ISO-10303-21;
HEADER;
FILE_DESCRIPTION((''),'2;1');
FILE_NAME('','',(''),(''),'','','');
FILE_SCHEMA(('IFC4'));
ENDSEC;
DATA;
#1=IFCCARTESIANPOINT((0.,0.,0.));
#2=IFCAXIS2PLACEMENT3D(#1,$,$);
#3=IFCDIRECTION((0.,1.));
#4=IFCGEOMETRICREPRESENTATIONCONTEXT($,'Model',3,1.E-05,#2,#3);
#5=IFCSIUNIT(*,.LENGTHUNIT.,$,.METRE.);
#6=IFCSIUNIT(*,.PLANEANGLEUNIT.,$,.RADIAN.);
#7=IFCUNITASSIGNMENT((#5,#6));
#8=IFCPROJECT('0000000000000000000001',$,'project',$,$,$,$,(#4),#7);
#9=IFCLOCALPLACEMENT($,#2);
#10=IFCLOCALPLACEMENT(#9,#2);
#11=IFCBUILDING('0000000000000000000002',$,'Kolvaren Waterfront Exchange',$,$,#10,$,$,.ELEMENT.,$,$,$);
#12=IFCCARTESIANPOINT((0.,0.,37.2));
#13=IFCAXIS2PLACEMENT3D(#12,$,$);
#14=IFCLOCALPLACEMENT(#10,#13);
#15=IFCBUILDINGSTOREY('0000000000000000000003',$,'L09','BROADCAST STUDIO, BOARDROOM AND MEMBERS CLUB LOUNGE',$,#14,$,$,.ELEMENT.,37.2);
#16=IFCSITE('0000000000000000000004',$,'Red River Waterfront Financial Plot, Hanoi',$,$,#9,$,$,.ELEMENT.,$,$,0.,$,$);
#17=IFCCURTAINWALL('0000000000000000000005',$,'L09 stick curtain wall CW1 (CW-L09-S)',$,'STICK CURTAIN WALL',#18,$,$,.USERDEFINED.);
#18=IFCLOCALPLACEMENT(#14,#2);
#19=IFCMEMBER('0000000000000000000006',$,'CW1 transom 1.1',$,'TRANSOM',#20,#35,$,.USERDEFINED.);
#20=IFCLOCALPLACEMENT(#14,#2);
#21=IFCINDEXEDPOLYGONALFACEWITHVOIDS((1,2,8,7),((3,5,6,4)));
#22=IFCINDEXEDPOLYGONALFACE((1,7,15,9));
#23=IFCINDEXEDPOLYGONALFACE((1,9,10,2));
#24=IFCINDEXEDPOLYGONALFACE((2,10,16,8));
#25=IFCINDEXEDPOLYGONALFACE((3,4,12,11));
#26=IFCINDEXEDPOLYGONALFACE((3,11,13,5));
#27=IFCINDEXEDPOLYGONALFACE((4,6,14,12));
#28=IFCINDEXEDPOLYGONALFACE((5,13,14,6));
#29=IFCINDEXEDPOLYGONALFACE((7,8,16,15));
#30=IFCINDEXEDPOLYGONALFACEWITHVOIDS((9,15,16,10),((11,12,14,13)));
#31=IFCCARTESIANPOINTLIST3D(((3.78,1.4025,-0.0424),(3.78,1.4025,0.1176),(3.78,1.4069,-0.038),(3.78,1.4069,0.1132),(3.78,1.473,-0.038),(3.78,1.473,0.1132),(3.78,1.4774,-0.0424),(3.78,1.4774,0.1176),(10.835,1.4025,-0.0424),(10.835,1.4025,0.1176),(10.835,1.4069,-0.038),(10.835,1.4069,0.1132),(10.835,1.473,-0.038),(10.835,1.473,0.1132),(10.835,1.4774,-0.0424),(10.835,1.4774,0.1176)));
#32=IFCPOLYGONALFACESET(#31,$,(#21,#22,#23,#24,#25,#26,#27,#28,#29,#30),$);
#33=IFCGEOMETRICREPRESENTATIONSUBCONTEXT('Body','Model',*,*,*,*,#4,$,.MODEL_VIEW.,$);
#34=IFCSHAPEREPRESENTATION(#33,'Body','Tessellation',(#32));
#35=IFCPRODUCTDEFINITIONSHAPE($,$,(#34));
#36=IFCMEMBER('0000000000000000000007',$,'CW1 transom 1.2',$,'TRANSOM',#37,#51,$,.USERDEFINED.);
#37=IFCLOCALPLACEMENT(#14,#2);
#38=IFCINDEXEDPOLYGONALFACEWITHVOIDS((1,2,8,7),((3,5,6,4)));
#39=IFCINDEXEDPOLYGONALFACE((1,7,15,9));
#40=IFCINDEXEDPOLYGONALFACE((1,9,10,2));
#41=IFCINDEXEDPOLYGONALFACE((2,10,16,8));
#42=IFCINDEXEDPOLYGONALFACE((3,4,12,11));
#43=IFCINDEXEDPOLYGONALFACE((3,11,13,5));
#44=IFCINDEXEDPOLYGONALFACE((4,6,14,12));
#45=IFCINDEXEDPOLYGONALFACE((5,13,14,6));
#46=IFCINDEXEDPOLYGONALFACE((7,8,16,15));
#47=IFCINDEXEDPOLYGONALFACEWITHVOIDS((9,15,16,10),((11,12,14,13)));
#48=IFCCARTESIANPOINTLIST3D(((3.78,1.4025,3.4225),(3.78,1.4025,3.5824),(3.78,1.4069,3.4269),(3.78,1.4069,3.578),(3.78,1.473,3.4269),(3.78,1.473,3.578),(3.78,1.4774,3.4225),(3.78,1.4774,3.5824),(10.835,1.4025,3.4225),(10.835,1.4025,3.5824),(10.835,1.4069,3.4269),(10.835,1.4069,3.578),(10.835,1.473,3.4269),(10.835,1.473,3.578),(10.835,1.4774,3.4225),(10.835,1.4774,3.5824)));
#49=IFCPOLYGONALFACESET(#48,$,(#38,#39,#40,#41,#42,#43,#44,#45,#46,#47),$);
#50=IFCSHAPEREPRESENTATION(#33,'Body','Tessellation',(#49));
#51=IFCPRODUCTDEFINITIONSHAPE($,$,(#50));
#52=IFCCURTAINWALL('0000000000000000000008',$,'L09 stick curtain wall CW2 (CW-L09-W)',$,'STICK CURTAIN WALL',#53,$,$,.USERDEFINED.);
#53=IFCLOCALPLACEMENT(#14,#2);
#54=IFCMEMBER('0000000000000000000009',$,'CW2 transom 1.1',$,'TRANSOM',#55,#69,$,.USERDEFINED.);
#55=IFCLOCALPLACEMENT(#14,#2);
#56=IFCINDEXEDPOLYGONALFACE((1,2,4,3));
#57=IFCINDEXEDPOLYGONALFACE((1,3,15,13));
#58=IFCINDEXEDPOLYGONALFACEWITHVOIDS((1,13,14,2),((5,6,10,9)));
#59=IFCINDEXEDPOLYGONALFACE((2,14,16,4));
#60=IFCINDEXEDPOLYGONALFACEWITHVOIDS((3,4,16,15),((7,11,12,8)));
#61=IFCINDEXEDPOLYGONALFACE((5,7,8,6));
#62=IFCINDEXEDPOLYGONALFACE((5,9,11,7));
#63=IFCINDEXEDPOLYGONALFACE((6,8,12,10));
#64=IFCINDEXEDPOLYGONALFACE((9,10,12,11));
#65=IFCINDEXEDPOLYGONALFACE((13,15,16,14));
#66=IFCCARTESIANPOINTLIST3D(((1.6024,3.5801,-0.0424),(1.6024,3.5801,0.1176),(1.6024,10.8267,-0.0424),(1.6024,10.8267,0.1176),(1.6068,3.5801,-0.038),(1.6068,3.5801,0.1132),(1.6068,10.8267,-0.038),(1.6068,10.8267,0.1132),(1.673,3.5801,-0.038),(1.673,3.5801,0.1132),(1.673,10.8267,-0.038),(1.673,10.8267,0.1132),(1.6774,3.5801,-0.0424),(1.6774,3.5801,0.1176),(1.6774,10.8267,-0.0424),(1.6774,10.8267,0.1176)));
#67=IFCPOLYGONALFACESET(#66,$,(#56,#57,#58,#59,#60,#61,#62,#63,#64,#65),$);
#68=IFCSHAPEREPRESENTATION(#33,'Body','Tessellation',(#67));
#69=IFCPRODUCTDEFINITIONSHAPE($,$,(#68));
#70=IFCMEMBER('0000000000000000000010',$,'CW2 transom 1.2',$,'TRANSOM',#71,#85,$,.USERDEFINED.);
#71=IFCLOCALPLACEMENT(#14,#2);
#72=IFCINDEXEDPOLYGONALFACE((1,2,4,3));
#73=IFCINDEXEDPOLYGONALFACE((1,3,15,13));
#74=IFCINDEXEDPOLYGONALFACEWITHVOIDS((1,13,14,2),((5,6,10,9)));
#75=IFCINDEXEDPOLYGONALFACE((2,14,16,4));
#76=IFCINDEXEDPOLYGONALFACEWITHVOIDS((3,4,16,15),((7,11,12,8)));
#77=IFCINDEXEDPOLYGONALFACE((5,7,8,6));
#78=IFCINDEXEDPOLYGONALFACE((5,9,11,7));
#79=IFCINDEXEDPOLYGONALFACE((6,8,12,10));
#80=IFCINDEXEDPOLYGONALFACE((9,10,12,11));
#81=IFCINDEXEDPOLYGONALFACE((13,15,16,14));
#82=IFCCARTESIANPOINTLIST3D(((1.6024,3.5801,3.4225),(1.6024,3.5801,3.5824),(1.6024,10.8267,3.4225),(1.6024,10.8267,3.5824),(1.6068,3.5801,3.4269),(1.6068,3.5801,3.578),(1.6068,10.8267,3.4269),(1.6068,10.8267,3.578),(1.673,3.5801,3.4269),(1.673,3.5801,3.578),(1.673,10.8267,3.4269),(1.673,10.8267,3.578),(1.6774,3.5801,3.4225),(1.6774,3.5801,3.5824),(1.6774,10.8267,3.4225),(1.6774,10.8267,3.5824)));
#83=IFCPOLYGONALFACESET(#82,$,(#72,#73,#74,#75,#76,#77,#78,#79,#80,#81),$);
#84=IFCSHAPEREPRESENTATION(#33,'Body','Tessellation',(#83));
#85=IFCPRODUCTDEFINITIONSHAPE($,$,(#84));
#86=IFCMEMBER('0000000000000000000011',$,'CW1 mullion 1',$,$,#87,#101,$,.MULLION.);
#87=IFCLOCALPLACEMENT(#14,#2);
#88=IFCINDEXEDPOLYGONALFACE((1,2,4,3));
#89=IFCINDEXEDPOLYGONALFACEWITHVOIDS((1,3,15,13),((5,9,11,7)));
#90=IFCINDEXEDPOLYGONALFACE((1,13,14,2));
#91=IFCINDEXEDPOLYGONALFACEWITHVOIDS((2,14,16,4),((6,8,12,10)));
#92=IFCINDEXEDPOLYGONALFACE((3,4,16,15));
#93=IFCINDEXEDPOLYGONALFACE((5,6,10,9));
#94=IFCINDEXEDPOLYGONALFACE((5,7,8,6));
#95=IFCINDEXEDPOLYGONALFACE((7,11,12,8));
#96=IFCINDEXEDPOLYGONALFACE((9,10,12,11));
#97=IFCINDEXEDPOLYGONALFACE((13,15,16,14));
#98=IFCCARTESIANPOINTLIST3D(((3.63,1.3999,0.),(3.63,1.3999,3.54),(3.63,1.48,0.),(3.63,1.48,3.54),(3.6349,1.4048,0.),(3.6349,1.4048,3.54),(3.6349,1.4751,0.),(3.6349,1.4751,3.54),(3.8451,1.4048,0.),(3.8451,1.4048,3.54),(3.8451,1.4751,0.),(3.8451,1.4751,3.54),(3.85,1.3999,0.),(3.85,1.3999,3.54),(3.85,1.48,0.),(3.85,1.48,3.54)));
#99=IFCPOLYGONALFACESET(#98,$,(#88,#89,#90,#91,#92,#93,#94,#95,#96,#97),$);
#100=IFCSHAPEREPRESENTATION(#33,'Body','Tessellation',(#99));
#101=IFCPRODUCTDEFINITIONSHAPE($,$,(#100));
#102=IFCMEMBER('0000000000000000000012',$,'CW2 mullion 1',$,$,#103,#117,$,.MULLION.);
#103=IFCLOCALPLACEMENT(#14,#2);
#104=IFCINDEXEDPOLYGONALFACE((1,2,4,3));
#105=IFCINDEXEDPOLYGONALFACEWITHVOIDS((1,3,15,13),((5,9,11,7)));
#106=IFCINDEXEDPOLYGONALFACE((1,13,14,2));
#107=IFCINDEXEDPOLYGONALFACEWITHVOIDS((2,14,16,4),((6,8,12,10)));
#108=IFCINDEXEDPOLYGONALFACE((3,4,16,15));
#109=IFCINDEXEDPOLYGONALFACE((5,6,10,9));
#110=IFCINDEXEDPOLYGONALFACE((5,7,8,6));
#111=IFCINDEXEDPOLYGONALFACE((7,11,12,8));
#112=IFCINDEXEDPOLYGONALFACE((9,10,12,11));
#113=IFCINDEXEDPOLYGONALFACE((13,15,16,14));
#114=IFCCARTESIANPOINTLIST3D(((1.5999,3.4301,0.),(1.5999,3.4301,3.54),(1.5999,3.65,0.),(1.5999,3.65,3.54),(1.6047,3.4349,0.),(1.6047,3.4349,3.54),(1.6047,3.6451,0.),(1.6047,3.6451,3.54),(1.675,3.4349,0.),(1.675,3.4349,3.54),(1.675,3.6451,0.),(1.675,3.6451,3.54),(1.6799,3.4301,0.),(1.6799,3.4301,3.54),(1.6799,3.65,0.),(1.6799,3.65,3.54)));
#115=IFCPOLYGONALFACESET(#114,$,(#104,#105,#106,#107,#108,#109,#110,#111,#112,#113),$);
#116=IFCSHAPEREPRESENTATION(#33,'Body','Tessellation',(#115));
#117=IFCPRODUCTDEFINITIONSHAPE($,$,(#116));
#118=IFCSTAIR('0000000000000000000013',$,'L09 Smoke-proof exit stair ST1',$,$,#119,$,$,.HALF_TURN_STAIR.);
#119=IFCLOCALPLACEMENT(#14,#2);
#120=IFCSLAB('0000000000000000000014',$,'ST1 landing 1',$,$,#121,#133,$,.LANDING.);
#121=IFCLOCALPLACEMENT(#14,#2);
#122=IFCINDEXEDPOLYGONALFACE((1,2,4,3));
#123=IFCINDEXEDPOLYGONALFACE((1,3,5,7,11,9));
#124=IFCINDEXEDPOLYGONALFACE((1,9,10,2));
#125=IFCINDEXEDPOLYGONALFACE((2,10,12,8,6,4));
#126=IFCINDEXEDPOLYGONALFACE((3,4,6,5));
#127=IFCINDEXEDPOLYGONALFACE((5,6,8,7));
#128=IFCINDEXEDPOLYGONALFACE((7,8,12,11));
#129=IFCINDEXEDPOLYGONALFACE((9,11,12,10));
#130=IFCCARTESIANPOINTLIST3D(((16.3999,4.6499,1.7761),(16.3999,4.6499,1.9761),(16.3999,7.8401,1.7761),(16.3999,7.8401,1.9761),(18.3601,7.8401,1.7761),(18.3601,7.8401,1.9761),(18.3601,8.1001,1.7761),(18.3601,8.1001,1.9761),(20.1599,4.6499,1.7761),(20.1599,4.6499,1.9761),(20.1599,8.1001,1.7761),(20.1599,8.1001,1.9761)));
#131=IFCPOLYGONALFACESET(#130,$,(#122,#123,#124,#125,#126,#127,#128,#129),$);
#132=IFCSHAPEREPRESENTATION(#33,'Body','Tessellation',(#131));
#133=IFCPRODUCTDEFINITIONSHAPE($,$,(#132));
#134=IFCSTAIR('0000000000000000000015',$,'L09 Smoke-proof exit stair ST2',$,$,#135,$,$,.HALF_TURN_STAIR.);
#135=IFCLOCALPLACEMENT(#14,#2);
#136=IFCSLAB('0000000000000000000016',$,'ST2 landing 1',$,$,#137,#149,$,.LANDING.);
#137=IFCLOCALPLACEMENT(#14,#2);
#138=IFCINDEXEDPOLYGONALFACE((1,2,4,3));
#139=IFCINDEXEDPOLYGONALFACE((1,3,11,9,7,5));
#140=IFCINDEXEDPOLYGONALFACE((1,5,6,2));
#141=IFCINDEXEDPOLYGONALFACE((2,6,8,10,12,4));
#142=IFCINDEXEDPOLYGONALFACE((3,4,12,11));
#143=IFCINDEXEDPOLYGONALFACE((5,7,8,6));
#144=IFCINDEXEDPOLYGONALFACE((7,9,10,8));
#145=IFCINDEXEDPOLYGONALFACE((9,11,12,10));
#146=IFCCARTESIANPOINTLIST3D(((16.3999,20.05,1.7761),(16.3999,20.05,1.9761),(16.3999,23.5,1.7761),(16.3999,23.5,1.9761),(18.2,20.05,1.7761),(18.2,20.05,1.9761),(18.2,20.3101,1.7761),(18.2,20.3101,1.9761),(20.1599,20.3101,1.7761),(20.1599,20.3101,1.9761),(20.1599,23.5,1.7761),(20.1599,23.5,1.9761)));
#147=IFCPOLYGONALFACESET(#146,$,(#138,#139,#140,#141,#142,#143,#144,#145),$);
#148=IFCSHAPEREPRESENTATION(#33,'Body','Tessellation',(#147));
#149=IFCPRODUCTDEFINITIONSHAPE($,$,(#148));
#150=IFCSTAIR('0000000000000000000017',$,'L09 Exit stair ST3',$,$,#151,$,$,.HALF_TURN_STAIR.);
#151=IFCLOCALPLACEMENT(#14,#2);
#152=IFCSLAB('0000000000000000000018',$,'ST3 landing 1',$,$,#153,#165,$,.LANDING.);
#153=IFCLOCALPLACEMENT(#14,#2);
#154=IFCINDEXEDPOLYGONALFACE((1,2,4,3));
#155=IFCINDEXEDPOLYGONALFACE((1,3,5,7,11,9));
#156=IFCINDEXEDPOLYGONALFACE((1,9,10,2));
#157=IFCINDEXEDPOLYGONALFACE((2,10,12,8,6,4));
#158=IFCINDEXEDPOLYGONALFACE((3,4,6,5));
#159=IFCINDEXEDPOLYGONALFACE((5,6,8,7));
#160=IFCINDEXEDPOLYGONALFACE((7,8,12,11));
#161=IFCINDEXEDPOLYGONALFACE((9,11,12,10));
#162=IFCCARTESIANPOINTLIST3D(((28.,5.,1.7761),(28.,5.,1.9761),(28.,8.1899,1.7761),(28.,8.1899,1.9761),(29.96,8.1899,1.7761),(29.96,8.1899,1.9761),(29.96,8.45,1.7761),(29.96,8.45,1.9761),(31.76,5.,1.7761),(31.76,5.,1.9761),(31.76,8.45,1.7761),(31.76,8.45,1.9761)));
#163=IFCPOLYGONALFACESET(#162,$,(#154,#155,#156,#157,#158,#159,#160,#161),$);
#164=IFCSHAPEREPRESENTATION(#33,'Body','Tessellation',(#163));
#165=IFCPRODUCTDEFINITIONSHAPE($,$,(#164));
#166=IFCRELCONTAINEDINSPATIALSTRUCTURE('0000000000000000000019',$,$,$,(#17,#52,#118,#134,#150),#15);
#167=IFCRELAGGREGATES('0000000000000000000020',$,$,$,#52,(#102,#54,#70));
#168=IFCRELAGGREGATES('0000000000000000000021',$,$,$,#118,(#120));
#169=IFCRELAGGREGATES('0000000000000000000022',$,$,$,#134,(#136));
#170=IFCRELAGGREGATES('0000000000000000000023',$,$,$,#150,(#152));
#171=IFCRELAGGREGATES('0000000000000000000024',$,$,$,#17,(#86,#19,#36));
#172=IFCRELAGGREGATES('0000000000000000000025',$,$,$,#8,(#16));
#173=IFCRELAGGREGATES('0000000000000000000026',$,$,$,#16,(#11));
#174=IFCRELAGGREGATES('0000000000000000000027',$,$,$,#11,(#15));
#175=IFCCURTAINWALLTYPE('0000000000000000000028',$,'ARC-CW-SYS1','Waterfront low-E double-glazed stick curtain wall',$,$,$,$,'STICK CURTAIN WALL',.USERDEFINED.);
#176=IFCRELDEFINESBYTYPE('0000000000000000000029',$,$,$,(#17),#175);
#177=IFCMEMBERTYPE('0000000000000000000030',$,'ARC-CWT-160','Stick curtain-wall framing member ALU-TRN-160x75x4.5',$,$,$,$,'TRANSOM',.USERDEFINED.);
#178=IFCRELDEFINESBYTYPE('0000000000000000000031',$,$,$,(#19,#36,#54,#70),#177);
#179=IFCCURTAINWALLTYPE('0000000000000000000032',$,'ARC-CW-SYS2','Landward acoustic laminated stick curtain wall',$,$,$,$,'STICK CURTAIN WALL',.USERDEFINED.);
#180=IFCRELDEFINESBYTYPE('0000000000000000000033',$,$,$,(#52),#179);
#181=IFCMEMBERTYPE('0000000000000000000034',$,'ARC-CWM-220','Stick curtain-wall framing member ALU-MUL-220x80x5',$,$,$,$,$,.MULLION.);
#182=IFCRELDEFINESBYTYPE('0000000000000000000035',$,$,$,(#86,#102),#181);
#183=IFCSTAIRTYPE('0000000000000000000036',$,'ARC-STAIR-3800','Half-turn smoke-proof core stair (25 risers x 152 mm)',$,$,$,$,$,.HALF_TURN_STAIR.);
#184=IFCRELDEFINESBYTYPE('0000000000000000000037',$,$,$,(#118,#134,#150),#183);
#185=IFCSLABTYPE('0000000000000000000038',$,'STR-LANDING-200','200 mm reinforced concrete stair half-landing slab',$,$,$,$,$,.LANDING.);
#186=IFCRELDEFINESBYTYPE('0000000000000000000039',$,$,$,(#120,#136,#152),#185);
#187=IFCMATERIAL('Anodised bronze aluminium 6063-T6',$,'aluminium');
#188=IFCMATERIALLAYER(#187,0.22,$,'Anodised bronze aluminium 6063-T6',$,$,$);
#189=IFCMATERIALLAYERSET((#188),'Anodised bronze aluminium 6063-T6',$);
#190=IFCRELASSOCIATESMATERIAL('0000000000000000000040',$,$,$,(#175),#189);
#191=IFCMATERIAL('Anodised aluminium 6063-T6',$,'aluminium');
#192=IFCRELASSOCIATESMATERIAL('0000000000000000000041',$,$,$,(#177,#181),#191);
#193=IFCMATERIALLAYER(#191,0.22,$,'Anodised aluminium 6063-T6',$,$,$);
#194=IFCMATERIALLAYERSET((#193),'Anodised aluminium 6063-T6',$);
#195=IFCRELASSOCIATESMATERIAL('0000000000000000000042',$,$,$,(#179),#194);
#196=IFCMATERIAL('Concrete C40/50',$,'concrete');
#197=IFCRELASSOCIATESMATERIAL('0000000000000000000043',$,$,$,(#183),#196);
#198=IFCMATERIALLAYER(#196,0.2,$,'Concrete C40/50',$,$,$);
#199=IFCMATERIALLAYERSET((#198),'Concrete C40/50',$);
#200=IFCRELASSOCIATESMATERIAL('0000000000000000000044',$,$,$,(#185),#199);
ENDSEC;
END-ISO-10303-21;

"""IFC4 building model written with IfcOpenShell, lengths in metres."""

from ifc_helpers import new_model, si_unit, direction, frame, origin, origin_with_axes, origin_2d, place, context, subcontext, project, spatial, polyline, hollow_rectangle, outline, extrude, source, transform, mapped, material, layer, layer_set, material_profile, profile_set, type_object, element, aggregate, save


model = new_model("IFC4")

# Units and contexts
model_context = context("Model", 3, precision=1e-05, world=origin(), true_north=direction((0.0, 1.0)))
body_context = subcontext(model_context, "Body", "Model", "MODEL_VIEW")
ifc_project = project(units=[si_unit("LENGTHUNIT", "METRE"), si_unit("PLANEANGLEUNIT", "RADIAN")], contexts=[model_context])

# Site, building, storey
site_placement = place(None, origin())
site = spatial("IfcSite", under=ifc_project, at=site_placement, Name="Red River Waterfront Financial Plot, Hanoi", CompositionType="ELEMENT", RefElevation=0.0)
building_placement = place(site_placement, origin())
building = spatial("IfcBuilding", under=site, at=building_placement, Name="Kolvaren Waterfront Exchange", CompositionType="ELEMENT")
storey_placement = place(building_placement, frame((0.0, 0.0, 37.2)))
storey = spatial("IfcBuildingStorey", under=building, at=storey_placement, Name="L09", Description="BROADCAST STUDIO, BOARDROOM AND MEMBERS CLUB LOUNGE", CompositionType="ELEMENT", Elevation=37.2)

# Curtain walls, members
ifc_material_1 = material(Name="Anodised bronze aluminium 6063-T6", Category="aluminium")
ifc_layer_1 = layer(ifc_material_1, 0.22, Name="Anodised bronze aluminium 6063-T6")
ifc_layer_set_1 = layer_set([ifc_layer_1], Name="Anodised bronze aluminium 6063-T6")
curtain_wall_type_1 = type_object("IfcCurtainWallType", Name="ARC-CW-SYS1", Description="Waterfront low-E double-glazed stick curtain wall", ElementType="STICK CURTAIN WALL", PredefinedType="USERDEFINED", material=ifc_layer_set_1)
curtain_wall_1_placement = place(storey_placement, origin())
curtain_wall_1 = element("IfcCurtainWall", 1, at=curtain_wall_1_placement, inside=storey, type_object=curtain_wall_type_1, Name="L09 stick curtain wall CW1 (CW-L09-S)", ObjectType="STICK CURTAIN WALL", PredefinedType="USERDEFINED")
ifc_material_2 = material(Name="Anodised aluminium 6063-T6", Category="aluminium")
ifc_material_profile_1 = material_profile(ifc_material_2, hollow_rectangle(XDim=0.075, YDim=0.1599, WallThickness=0.0044, at=origin_2d()), Name="ALU-TRN-160x75x4.5")
ifc_profile_set_1 = profile_set([ifc_material_profile_1], Name="Anodised aluminium 6063-T6")
member_type_1 = type_object("IfcMemberType", Name="ARC-CWT-160", Description="Stick curtain-wall framing member ALU-TRN-160x75x4.5", ElementType="TRANSOM", PredefinedType="USERDEFINED", material=ifc_profile_set_1)
shared_shape_1 = source(origin_with_axes(), body_context, "Body", "SweptSolid", [
    extrude(hollow_rectangle(XDim=0.075, YDim=0.1599, WallThickness=0.0044, at=origin_2d()), origin(), (0.0, 0.0, 1.0), 7.0549),
])
member_1_placement = place(storey_placement, frame((3.78, 1.4399, 0.0376), z_axis=(1.0, 0.0, 0.0), x_axis=(0.0, 1.0, 0.0)))
member_1 = element("IfcMember", 2, at=member_1_placement, type_object=member_type_1, Name="CW1 transom 1.1", ObjectType="TRANSOM", PredefinedType="USERDEFINED", context=body_context, shape_type="MappedRepresentation", body=[
    mapped(shared_shape_1, transform((0.0, 0.0, 0.0), x_axis=(1.0, 0.0, 0.0), y_axis=(0.0, 1.0, 0.0), z_axis=(0.0, 0.0, 1.0), scale=1.0)),
])
member_2_placement = place(storey_placement, frame((3.78, 1.4399, 3.5024), z_axis=(1.0, 0.0, 0.0), x_axis=(0.0, 1.0, 0.0)))
member_2 = element("IfcMember", 3, at=member_2_placement, type_object=member_type_1, Name="CW1 transom 1.2", ObjectType="TRANSOM", PredefinedType="USERDEFINED", context=body_context, shape_type="MappedRepresentation", body=[
    mapped(shared_shape_1, transform((0.0, 0.0, 0.0), x_axis=(1.0, 0.0, 0.0), y_axis=(0.0, 1.0, 0.0), z_axis=(0.0, 0.0, 1.0), scale=1.0)),
])
ifc_layer_2 = layer(ifc_material_2, 0.22, Name="Anodised aluminium 6063-T6")
ifc_layer_set_2 = layer_set([ifc_layer_2], Name="Anodised aluminium 6063-T6")
curtain_wall_type_2 = type_object("IfcCurtainWallType", Name="ARC-CW-SYS2", Description="Landward acoustic laminated stick curtain wall", ElementType="STICK CURTAIN WALL", PredefinedType="USERDEFINED", material=ifc_layer_set_2)
curtain_wall_2_placement = place(storey_placement, origin())
curtain_wall_2 = element("IfcCurtainWall", 4, at=curtain_wall_2_placement, inside=storey, type_object=curtain_wall_type_2, Name="L09 stick curtain wall CW2 (CW-L09-W)", ObjectType="STICK CURTAIN WALL", PredefinedType="USERDEFINED")
shared_shape_2 = source(origin_with_axes(), body_context, "Body", "SweptSolid", [
    extrude(hollow_rectangle(XDim=0.075, YDim=0.1599, WallThickness=0.0044, at=origin_2d()), origin(), (0.0, 0.0, 1.0), 7.2466),
])
member_3_placement = place(storey_placement, frame((1.6399, 3.5801, 0.0376), z_axis=(0.0, 1.0, 0.0), x_axis=(-1.0, 0.0, 0.0)))
member_3 = element("IfcMember", 5, at=member_3_placement, type_object=member_type_1, Name="CW2 transom 1.1", ObjectType="TRANSOM", PredefinedType="USERDEFINED", context=body_context, shape_type="MappedRepresentation", body=[
    mapped(shared_shape_2, transform((0.0, 0.0, 0.0), x_axis=(1.0, 0.0, 0.0), y_axis=(0.0, 1.0, 0.0), z_axis=(0.0, 0.0, 1.0), scale=1.0)),
])
member_4_placement = place(storey_placement, frame((1.6399, 3.5801, 3.5024), z_axis=(0.0, 1.0, 0.0), x_axis=(-1.0, 0.0, 0.0)))
member_4 = element("IfcMember", 6, at=member_4_placement, type_object=member_type_1, Name="CW2 transom 1.2", ObjectType="TRANSOM", PredefinedType="USERDEFINED", context=body_context, shape_type="MappedRepresentation", body=[
    mapped(shared_shape_2, transform((0.0, 0.0, 0.0), x_axis=(1.0, 0.0, 0.0), y_axis=(0.0, 1.0, 0.0), z_axis=(0.0, 0.0, 1.0), scale=1.0)),
])

# Members
ifc_material_profile_2 = material_profile(ifc_material_2, hollow_rectangle(XDim=0.0801, YDim=0.22, WallThickness=0.0049, at=origin_2d()), Name="ALU-MUL-220x80x5")
ifc_profile_set_2 = profile_set([ifc_material_profile_2], Name="Anodised aluminium 6063-T6")
member_type_2 = type_object("IfcMemberType", Name="ARC-CWM-220", Description="Stick curtain-wall framing member ALU-MUL-220x80x5", PredefinedType="MULLION", material=ifc_profile_set_2)
shared_shape_3 = source(origin_with_axes(), body_context, "Body", "SweptSolid", [
    extrude(hollow_rectangle(XDim=0.0801, YDim=0.22, WallThickness=0.0049, at=origin_2d()), origin(), (0.0, 0.0, 1.0), 3.54),
])
member_5_placement = place(storey_placement, frame((3.74, 1.4399, 0.0), z_axis=(0.0, 0.0, 1.0), x_axis=(0.0, 1.0, 0.0)))
member_5 = element("IfcMember", 7, at=member_5_placement, type_object=member_type_2, Name="CW1 mullion 1", PredefinedType="MULLION", context=body_context, shape_type="MappedRepresentation", body=[
    mapped(shared_shape_3, transform((0.0, 0.0, 0.0), x_axis=(1.0, 0.0, 0.0), y_axis=(0.0, 1.0, 0.0), z_axis=(0.0, 0.0, 1.0), scale=1.0)),
])
member_6_placement = place(storey_placement, frame((1.6399, 3.54, 0.0), z_axis=(0.0, 0.0, 1.0), x_axis=(-1.0, 0.0, 0.0)))
member_6 = element("IfcMember", 8, at=member_6_placement, type_object=member_type_2, Name="CW2 mullion 1", PredefinedType="MULLION", context=body_context, shape_type="MappedRepresentation", body=[
    mapped(shared_shape_3, transform((0.0, 0.0, 0.0), x_axis=(1.0, 0.0, 0.0), y_axis=(0.0, 1.0, 0.0), z_axis=(0.0, 0.0, 1.0), scale=1.0)),
])
aggregate(curtain_wall_2, [member_6, member_3, member_4])

# Stairs, slabs
ifc_material_3 = material(Name="Concrete C40/50", Category="concrete")
stair_type = type_object("IfcStairType", Name="ARC-STAIR-3800", Description="Half-turn smoke-proof core stair (25 risers x 152 mm)", PredefinedType="HALF_TURN_STAIR", material=ifc_material_3)
stair_1_placement = place(storey_placement, origin())
stair_1 = element("IfcStair", 9, at=stair_1_placement, inside=storey, type_object=stair_type, Name="L09 Smoke-proof exit stair ST1", PredefinedType="HALF_TURN_STAIR")
ifc_layer_3 = layer(ifc_material_3, 0.2, Name="Concrete C40/50")
ifc_layer_set_3 = layer_set([ifc_layer_3], Name="Concrete C40/50")
slab_type_1 = type_object("IfcSlabType", Name="STR-LANDING-200", Description="200 mm reinforced concrete stair half-landing slab", PredefinedType="LANDING", material=ifc_layer_set_3)
slab_1_placement = place(storey_placement, frame((0.0, 0.0, 1.7761)))
slab_1 = element("IfcSlab", 10, at=slab_1_placement, type_object=slab_type_1, Name="ST1 landing 1", PredefinedType="LANDING", context=body_context, shape_type="SweptSolid", body=[
    extrude(outline(polyline([(16.3999, 7.8401), (16.3999, 4.6499), (20.1599, 4.6499), (20.1599, 8.1001), (18.3601, 8.1001), (18.3601, 7.8401), (16.3999, 7.8401)])), origin(), (0.0, 0.0, 1.0), 0.2),
])
aggregate(stair_1, [slab_1])
stair_2_placement = place(storey_placement, origin())
stair_2 = element("IfcStair", 11, at=stair_2_placement, inside=storey, type_object=stair_type, Name="L09 Smoke-proof exit stair ST2", PredefinedType="HALF_TURN_STAIR")
slab_2_placement = place(storey_placement, frame((0.0, 0.0, 1.7761)))
slab_2 = element("IfcSlab", 12, at=slab_2_placement, type_object=slab_type_1, Name="ST2 landing 1", PredefinedType="LANDING", context=body_context, shape_type="SweptSolid", body=[
    extrude(outline(polyline([(20.1599, 20.3101), (20.1599, 23.5), (16.3999, 23.5), (16.3999, 20.05), (18.2, 20.05), (18.2, 20.3101), (20.1599, 20.3101)])), origin(), (0.0, 0.0, 1.0), 0.2),
])
aggregate(stair_2, [slab_2])
stair_3_placement = place(storey_placement, origin())
stair_3 = element("IfcStair", 13, at=stair_3_placement, inside=storey, type_object=stair_type, Name="L09 Exit stair ST3", PredefinedType="HALF_TURN_STAIR")
slab_3_placement = place(storey_placement, frame((0.0, 0.0, 1.7761)))
slab_3 = element("IfcSlab", 14, at=slab_3_placement, type_object=slab_type_1, Name="ST3 landing 1", PredefinedType="LANDING", context=body_context, shape_type="SweptSolid", body=[
    extrude(outline(polyline([(28.0, 8.1899), (28.0, 5.0), (31.76, 5.0), (31.76, 8.45), (29.96, 8.45), (29.96, 8.1899), (28.0, 8.1899)])), origin(), (0.0, 0.0, 1.0), 0.2),
])
aggregate(stair_3, [slab_3])

aggregate(curtain_wall_1, [member_5, member_1, member_2])

save(model, "model.ifc")
